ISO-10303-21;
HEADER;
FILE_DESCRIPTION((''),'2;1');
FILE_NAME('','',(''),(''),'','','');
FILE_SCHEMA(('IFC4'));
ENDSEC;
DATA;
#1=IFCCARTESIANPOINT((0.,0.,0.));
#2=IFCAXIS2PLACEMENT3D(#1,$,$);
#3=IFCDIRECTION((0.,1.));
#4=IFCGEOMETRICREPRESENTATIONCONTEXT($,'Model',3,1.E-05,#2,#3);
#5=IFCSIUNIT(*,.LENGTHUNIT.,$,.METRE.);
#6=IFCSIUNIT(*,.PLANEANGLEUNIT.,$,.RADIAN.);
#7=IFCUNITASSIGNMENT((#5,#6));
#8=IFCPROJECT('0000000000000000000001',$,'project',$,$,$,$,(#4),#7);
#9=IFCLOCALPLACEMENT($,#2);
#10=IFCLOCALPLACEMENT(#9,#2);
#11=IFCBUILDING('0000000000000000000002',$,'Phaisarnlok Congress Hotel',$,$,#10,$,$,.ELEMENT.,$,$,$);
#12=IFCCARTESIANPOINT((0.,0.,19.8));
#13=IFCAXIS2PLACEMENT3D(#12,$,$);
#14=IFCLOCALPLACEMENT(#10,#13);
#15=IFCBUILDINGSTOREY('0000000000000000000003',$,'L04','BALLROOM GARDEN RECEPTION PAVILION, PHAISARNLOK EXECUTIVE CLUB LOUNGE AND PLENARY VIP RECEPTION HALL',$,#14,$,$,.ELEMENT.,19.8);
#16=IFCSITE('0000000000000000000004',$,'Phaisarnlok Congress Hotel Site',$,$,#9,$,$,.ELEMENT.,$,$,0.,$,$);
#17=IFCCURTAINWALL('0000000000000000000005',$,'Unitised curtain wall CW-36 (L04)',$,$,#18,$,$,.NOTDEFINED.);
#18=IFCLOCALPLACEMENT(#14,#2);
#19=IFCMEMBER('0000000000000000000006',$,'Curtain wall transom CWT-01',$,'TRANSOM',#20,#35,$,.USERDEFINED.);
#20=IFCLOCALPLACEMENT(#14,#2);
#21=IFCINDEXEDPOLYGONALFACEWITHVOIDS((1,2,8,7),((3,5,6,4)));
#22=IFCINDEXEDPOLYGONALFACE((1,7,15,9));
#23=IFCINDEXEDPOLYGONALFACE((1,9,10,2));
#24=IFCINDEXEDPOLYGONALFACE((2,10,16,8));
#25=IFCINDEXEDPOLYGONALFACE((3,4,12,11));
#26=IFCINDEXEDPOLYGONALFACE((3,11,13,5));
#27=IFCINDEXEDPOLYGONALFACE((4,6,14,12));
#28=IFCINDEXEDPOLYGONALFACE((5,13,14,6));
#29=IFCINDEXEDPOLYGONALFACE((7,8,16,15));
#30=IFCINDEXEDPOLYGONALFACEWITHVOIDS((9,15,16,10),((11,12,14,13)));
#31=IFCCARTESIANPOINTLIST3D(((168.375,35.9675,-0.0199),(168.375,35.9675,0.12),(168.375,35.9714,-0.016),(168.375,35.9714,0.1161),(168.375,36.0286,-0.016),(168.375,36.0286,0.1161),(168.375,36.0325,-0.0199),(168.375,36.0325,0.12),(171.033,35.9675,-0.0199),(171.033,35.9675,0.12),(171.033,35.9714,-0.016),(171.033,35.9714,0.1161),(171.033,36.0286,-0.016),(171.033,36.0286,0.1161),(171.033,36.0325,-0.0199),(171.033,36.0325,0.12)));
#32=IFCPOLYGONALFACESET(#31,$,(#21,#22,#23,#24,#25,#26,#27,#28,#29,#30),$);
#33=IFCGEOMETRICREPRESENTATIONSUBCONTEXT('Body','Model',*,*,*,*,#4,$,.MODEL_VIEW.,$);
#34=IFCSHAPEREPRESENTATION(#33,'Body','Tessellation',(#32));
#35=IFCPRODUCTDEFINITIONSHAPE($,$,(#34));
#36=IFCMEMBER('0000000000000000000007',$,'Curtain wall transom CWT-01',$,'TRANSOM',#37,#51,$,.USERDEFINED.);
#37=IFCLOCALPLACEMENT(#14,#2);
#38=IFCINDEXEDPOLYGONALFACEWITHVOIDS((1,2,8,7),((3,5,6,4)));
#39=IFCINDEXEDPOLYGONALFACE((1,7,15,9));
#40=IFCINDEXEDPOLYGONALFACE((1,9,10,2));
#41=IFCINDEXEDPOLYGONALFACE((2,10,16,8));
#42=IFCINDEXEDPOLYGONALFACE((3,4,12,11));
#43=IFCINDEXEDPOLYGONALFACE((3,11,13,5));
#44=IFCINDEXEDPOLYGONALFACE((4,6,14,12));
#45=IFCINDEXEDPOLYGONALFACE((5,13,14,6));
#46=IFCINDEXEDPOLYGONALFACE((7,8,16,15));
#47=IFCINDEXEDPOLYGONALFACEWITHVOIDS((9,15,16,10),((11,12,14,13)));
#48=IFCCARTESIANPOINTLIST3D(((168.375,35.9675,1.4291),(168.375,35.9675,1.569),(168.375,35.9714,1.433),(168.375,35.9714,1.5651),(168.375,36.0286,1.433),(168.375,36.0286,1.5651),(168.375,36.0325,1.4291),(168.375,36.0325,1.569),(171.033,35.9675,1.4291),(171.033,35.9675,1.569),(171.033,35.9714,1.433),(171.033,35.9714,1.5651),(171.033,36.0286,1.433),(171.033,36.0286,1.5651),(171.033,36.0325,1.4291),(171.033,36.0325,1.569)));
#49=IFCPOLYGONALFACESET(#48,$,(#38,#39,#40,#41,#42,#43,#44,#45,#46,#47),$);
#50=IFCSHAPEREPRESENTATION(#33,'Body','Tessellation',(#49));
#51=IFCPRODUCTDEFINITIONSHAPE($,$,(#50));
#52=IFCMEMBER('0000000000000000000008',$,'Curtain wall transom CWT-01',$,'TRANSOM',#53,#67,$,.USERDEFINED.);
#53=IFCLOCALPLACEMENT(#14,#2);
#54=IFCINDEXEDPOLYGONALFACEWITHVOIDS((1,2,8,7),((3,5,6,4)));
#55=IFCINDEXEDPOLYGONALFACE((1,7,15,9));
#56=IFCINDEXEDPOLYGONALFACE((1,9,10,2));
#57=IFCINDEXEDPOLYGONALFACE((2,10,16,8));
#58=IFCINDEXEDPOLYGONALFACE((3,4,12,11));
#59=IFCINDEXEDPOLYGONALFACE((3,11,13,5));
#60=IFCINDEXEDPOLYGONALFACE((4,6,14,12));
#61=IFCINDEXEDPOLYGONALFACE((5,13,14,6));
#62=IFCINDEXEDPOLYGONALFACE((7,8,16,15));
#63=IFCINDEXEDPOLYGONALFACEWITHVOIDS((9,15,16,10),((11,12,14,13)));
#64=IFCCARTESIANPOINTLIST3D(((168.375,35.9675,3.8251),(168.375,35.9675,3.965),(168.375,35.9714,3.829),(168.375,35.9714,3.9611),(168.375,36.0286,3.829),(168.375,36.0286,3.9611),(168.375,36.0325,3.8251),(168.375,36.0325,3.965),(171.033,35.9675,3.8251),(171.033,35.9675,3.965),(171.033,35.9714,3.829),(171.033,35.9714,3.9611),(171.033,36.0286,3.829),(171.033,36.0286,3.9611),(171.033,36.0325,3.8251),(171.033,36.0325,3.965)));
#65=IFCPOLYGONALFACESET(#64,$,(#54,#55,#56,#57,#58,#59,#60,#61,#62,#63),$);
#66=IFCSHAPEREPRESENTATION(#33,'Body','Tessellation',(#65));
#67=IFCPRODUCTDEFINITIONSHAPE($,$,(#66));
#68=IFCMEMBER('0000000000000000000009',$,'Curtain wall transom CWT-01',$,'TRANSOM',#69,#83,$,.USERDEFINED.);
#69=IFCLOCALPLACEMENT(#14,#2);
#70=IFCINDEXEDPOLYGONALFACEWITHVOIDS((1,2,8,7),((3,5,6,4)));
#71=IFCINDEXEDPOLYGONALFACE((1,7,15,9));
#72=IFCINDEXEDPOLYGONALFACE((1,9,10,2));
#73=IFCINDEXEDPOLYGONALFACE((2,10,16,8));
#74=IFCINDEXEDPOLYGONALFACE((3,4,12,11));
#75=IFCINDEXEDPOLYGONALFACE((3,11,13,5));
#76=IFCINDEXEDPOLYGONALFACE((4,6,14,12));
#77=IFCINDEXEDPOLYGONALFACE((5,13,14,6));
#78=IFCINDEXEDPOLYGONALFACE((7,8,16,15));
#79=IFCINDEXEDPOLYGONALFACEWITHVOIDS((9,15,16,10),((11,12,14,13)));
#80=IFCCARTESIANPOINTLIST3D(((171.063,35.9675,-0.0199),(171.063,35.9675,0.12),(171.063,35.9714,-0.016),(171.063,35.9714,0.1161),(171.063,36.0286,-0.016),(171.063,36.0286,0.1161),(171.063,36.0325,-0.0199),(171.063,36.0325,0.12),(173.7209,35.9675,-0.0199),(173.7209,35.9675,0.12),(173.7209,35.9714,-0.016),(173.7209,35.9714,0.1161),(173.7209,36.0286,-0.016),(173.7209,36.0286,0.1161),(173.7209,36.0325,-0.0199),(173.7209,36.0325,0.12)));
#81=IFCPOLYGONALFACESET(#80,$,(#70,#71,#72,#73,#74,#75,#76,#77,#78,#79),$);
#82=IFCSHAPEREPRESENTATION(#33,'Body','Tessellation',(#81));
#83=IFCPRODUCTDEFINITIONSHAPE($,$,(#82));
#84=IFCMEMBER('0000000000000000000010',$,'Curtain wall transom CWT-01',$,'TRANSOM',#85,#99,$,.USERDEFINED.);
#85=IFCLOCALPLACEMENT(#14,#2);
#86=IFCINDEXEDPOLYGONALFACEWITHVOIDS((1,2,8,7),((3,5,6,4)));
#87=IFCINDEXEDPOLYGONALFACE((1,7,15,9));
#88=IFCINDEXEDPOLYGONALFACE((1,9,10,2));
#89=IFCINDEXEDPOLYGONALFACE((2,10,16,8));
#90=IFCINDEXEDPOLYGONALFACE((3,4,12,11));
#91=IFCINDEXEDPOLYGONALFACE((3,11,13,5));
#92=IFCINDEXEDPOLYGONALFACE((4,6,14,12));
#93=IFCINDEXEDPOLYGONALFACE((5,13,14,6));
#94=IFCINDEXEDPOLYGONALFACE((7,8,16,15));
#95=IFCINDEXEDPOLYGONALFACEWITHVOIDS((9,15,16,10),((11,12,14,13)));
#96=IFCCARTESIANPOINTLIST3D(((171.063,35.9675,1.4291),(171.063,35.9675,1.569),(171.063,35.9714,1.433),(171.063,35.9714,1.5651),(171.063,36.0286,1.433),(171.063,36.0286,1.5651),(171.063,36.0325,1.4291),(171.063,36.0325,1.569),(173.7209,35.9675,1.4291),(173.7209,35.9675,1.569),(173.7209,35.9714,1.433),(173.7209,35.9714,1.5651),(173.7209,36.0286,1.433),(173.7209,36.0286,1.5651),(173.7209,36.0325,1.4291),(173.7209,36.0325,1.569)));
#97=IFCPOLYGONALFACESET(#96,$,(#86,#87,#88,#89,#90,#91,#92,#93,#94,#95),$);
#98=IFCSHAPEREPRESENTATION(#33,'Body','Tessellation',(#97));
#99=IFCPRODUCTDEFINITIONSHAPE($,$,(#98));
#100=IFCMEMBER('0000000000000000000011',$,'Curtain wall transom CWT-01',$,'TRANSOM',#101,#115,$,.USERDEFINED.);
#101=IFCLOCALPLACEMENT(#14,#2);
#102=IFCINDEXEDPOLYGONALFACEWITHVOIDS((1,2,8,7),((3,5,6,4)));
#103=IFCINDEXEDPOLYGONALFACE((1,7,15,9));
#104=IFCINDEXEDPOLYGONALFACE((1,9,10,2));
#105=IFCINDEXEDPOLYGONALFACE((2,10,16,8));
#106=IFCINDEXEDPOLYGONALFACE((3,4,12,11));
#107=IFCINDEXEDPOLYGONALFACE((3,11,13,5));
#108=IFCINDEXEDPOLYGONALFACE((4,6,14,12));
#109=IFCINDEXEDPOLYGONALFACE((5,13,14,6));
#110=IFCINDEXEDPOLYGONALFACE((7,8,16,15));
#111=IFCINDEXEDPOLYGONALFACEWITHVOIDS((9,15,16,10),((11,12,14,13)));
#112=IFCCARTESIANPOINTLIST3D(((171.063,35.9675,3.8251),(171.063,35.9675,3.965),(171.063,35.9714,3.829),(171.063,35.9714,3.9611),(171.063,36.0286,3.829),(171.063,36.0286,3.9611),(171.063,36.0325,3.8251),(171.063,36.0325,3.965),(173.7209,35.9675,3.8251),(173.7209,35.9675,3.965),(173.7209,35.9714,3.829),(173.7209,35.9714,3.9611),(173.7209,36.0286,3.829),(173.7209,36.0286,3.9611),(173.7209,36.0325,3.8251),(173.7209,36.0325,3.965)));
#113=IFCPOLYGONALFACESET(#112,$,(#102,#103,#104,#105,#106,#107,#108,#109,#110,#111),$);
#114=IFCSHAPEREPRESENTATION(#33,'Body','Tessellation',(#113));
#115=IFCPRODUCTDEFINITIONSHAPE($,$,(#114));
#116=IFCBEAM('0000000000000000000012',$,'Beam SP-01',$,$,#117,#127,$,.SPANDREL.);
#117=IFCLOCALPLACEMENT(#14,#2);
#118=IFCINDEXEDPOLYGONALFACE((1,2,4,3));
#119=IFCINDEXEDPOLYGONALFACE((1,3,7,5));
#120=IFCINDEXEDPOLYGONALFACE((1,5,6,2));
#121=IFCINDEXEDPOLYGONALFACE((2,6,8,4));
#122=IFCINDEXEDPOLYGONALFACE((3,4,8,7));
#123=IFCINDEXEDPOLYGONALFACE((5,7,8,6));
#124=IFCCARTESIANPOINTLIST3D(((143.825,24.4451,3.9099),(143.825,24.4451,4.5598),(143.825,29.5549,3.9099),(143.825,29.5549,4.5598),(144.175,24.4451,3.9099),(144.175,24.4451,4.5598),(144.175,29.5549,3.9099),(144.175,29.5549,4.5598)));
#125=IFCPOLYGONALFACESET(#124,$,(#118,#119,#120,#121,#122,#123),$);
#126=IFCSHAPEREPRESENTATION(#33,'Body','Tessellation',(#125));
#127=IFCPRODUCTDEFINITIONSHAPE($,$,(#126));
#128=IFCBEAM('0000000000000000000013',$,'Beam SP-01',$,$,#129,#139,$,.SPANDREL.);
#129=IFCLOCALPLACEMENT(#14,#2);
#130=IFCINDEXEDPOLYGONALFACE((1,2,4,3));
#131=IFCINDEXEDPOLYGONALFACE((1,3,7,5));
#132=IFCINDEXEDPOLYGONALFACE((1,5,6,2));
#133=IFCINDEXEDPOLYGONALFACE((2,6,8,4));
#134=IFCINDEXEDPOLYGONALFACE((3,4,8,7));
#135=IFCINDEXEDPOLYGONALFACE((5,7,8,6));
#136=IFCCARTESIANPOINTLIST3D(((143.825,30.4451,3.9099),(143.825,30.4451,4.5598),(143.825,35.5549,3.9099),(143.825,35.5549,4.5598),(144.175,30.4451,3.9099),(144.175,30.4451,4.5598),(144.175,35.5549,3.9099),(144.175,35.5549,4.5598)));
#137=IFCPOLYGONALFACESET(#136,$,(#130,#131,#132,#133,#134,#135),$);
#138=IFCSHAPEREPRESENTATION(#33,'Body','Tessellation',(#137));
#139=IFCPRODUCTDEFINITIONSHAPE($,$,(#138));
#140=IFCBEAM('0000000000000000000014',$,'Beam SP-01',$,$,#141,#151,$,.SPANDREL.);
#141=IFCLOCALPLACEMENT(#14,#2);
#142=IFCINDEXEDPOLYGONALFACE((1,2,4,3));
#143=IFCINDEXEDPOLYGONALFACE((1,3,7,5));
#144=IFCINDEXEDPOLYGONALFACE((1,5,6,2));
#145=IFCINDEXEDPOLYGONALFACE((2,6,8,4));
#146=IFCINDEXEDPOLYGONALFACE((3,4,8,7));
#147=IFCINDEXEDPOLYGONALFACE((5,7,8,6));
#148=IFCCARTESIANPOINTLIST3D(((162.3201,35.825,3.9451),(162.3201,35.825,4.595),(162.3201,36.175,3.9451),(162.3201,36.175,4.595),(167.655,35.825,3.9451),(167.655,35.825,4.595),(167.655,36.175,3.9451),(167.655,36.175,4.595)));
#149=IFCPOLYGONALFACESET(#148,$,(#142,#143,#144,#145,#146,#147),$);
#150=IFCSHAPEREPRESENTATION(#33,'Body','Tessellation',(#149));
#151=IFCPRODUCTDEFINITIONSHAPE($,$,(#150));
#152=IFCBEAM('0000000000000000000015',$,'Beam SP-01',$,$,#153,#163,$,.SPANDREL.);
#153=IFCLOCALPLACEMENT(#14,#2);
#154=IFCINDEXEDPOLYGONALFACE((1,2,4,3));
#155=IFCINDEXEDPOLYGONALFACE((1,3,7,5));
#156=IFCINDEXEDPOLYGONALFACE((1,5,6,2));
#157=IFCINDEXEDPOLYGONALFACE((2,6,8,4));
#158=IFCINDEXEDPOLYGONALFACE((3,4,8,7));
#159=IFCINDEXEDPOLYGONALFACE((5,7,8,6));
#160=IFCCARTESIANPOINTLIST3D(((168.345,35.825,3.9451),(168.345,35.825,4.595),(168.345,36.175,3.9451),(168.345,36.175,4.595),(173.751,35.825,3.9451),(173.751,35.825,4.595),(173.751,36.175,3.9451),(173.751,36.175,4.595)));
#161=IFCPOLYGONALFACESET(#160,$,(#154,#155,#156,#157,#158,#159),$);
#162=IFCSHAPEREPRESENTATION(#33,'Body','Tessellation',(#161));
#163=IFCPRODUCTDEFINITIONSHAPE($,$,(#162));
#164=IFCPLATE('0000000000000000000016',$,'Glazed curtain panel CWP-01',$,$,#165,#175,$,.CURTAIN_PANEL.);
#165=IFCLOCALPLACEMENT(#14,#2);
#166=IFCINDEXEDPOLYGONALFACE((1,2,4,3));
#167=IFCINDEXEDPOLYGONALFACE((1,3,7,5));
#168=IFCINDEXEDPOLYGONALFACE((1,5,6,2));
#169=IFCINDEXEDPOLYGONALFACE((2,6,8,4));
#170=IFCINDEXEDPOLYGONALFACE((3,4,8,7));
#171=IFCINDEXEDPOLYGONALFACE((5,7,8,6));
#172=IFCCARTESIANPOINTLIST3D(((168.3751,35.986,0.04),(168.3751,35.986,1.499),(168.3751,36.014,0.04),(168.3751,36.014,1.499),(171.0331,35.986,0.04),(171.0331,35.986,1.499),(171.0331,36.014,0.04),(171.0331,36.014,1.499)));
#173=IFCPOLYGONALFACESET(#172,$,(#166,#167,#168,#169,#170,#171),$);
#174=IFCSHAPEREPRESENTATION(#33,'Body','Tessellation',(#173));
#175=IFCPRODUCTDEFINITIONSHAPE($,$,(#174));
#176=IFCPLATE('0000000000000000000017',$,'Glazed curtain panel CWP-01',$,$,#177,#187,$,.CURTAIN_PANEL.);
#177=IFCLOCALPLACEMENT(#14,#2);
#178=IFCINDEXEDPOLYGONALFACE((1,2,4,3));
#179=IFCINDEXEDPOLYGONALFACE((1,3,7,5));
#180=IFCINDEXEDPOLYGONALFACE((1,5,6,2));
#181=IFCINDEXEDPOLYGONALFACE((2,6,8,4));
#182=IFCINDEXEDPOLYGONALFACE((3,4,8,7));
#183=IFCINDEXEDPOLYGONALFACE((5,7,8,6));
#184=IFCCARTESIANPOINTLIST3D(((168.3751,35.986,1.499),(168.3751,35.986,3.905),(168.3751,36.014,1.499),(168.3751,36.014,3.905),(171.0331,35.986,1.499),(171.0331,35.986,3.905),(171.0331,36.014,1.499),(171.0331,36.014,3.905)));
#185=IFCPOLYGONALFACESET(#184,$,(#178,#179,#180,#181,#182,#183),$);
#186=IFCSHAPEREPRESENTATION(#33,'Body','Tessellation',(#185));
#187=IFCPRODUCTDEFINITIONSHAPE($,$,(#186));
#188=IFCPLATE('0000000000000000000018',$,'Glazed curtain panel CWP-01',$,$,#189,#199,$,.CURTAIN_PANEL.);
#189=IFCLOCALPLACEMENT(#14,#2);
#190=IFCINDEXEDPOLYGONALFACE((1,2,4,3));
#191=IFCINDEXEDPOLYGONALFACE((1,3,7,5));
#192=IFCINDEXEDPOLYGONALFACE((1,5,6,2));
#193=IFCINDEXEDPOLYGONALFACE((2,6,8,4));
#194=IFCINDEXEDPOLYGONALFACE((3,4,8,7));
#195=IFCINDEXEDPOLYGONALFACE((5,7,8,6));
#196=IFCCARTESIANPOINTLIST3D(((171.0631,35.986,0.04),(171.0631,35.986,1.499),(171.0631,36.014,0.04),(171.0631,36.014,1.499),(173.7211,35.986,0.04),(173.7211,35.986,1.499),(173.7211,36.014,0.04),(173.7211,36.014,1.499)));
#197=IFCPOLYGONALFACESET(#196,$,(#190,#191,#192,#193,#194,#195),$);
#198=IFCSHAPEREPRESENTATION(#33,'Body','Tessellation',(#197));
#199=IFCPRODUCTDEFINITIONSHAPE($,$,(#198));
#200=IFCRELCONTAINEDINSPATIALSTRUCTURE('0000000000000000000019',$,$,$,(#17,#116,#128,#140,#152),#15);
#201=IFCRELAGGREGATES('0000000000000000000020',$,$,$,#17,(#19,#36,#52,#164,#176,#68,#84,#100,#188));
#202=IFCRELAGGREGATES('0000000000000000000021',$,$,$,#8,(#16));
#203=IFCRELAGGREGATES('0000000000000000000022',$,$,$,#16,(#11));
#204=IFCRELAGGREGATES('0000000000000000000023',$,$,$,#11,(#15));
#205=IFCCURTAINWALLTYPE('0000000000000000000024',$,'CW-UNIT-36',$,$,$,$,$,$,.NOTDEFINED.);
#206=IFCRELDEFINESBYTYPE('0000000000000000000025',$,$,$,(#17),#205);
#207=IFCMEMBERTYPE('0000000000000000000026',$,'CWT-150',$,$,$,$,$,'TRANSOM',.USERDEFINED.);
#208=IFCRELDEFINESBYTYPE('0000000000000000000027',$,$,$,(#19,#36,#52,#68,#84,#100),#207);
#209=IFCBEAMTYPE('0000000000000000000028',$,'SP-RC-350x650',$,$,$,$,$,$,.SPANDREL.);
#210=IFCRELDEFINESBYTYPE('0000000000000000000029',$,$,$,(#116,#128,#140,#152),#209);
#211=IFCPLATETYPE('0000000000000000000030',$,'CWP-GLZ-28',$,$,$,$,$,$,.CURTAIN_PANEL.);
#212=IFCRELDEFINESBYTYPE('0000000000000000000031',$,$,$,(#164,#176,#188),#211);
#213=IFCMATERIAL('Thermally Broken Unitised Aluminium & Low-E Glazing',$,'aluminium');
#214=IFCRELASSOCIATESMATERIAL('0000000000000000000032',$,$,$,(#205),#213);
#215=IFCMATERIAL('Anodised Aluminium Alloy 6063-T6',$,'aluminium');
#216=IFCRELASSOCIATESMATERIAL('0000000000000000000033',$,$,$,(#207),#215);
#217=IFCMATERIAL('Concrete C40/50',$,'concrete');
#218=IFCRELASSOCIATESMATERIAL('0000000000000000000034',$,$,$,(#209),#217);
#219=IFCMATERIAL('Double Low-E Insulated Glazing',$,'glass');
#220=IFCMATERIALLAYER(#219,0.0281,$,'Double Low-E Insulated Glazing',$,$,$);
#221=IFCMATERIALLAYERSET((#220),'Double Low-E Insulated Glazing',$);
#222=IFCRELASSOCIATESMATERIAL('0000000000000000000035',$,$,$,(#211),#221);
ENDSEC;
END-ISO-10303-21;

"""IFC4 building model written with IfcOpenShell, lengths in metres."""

from ifc_helpers import new_model, si_unit, direction, frame, frame_2d, origin, origin_2d, place, context, subcontext, project, spatial, rectangle, hollow_rectangle, extrude, material, layer, layer_set, material_profile, profile_set, type_object, element, aggregate, save


model = new_model("IFC4")

# Units and contexts
model_context = context("Model", 3, precision=1e-05, world=origin(), true_north=direction((0.0, 1.0)))
body_context = subcontext(model_context, "Body", "Model", "MODEL_VIEW")
ifc_project = project(units=[si_unit("LENGTHUNIT", "METRE"), si_unit("PLANEANGLEUNIT", "RADIAN")], contexts=[model_context])

# Site, building, storey
site_placement = place(None, origin())
site = spatial("IfcSite", under=ifc_project, at=site_placement, Name="Phaisarnlok Congress Hotel Site", CompositionType="ELEMENT", RefElevation=0.0)
building_placement = place(site_placement, origin())
building = spatial("IfcBuilding", under=site, at=building_placement, Name="Phaisarnlok Congress Hotel", CompositionType="ELEMENT")
storey_placement = place(building_placement, frame((0.0, 0.0, 19.8)))
storey = spatial("IfcBuildingStorey", under=building, at=storey_placement, Name="L04", Description="BALLROOM GARDEN RECEPTION PAVILION, PHAISARNLOK EXECUTIVE CLUB LOUNGE AND PLENARY VIP RECEPTION HALL", CompositionType="ELEMENT", Elevation=19.8)

# Curtain wall, members
ifc_material_1 = material(Name="Thermally Broken Unitised Aluminium & Low-E Glazing", Category="aluminium")
curtain_wall_type = type_object("IfcCurtainWallType", Name="CW-UNIT-36", PredefinedType="NOTDEFINED", material=ifc_material_1)
curtain_wall_placement = place(storey_placement, origin())
curtain_wall = element("IfcCurtainWall", 1, at=curtain_wall_placement, inside=storey, type_object=curtain_wall_type, Name="Unitised curtain wall CW-36 (L04)", PredefinedType="NOTDEFINED")
ifc_material_2 = material(Name="Anodised Aluminium Alloy 6063-T6", Category="aluminium")
ifc_material_profile_1 = material_profile(ifc_material_2, hollow_rectangle(XDim=0.0649, YDim=0.1399, WallThickness=0.0039, at=origin_2d()), Name="ALU-T 65x140x4")
ifc_profile_set_1 = profile_set([ifc_material_profile_1], Name="Anodised Aluminium Alloy 6063-T6")
member_type_1 = type_object("IfcMemberType", Name="CWT-150", ElementType="TRANSOM", PredefinedType="USERDEFINED", material=ifc_profile_set_1)
member_1_placement = place(storey_placement, frame((168.375, 36.0, 0.05), z_axis=(1.0, 0.0, 0.0), x_axis=(0.0, 1.0, 0.0)))
member_1 = element("IfcMember", 2, at=member_1_placement, type_object=member_type_1, Name="Curtain wall transom CWT-01", ObjectType="TRANSOM", PredefinedType="USERDEFINED", context=body_context, shape_type="SweptSolid", body=[
    extrude(hollow_rectangle(XDim=0.0649, YDim=0.1399, WallThickness=0.0039, at=origin_2d()), origin(), (0.0, 0.0, 1.0), 2.658),
])
member_2_placement = place(storey_placement, frame((168.375, 36.0, 1.499), z_axis=(1.0, 0.0, 0.0), x_axis=(0.0, 1.0, 0.0)))
member_2 = element("IfcMember", 3, at=member_2_placement, type_object=member_type_1, Name="Curtain wall transom CWT-01", ObjectType="TRANSOM", PredefinedType="USERDEFINED", context=body_context, shape_type="SweptSolid", body=[
    extrude(hollow_rectangle(XDim=0.0649, YDim=0.1399, WallThickness=0.0039, at=origin_2d()), origin(), (0.0, 0.0, 1.0), 2.658),
])
member_3_placement = place(storey_placement, frame((168.375, 36.0, 3.895), z_axis=(1.0, 0.0, 0.0), x_axis=(0.0, 1.0, 0.0)))
member_3 = element("IfcMember", 4, at=member_3_placement, type_object=member_type_1, Name="Curtain wall transom CWT-01", ObjectType="TRANSOM", PredefinedType="USERDEFINED", context=body_context, shape_type="SweptSolid", body=[
    extrude(hollow_rectangle(XDim=0.0649, YDim=0.1399, WallThickness=0.0039, at=origin_2d()), origin(), (0.0, 0.0, 1.0), 2.658),
])
member_4_placement = place(storey_placement, frame((171.063, 36.0, 0.05), z_axis=(1.0, 0.0, 0.0), x_axis=(0.0, 1.0, 0.0)))
member_4 = element("IfcMember", 5, at=member_4_placement, type_object=member_type_1, Name="Curtain wall transom CWT-01", ObjectType="TRANSOM", PredefinedType="USERDEFINED", context=body_context, shape_type="SweptSolid", body=[
    extrude(hollow_rectangle(XDim=0.0649, YDim=0.1399, WallThickness=0.0039, at=origin_2d()), origin(), (0.0, 0.0, 1.0), 2.658),
])
member_5_placement = place(storey_placement, frame((171.063, 36.0, 1.499), z_axis=(1.0, 0.0, 0.0), x_axis=(0.0, 1.0, 0.0)))
member_5 = element("IfcMember", 6, at=member_5_placement, type_object=member_type_1, Name="Curtain wall transom CWT-01", ObjectType="TRANSOM", PredefinedType="USERDEFINED", context=body_context, shape_type="SweptSolid", body=[
    extrude(hollow_rectangle(XDim=0.0649, YDim=0.1399, WallThickness=0.0039, at=origin_2d()), origin(), (0.0, 0.0, 1.0), 2.658),
])
member_6_placement = place(storey_placement, frame((171.063, 36.0, 3.895), z_axis=(1.0, 0.0, 0.0), x_axis=(0.0, 1.0, 0.0)))
member_6 = element("IfcMember", 7, at=member_6_placement, type_object=member_type_1, Name="Curtain wall transom CWT-01", ObjectType="TRANSOM", PredefinedType="USERDEFINED", context=body_context, shape_type="SweptSolid", body=[
    extrude(hollow_rectangle(XDim=0.0649, YDim=0.1399, WallThickness=0.0039, at=origin_2d()), origin(), (0.0, 0.0, 1.0), 2.658),
])

# Beams
ifc_material_3 = material(Name="Concrete C40/50", Category="concrete")
ifc_material_profile_2 = material_profile(ifc_material_3, rectangle(XDim=0.3501, YDim=0.6499, at=origin_2d()), Name="RC 350x650")
ifc_profile_set_2 = profile_set([ifc_material_profile_2], Name="Concrete C40/50")
beam_type = type_object("IfcBeamType", Name="SP-RC-350x650", PredefinedType="SPANDREL", material=ifc_profile_set_2)
for number, where, z_axis, x_axis, name in (
    (8, (144.0, 24.4451, 4.2349), (0.0, 1.0, 0.0), (-1.0, 0.0, 0.0), "Beam SP-01"),
    (9, (144.0, 30.4451, 4.2349), (0.0, 1.0, 0.0), (-1.0, 0.0, 0.0), "Beam SP-01"),
):
    element("IfcBeam", number, at=place(storey_placement, frame(where, z_axis=z_axis, x_axis=x_axis)), inside=storey, type_object=beam_type, Name=name, PredefinedType="SPANDREL", context=body_context, shape_type="SweptSolid", body=[
        extrude(rectangle(XDim=0.3501, YDim=0.6499, at=origin_2d()), origin(), (0.0, 0.0, 1.0), 5.1099),
    ])
beam_1_placement = place(storey_placement, frame((162.3201, 36.0, 4.27), z_axis=(1.0, 0.0, 0.0), x_axis=(0.0, 1.0, 0.0)))
element("IfcBeam", 10, at=beam_1_placement, inside=storey, type_object=beam_type, Name="Beam SP-01", PredefinedType="SPANDREL", context=body_context, shape_type="SweptSolid", body=[
    extrude(rectangle(XDim=0.3501, YDim=0.6499, at=origin_2d()), origin(), (0.0, 0.0, 1.0), 5.335),
])
beam_2_placement = place(storey_placement, frame((168.345, 36.0, 4.27), z_axis=(1.0, 0.0, 0.0), x_axis=(0.0, 1.0, 0.0)))
element("IfcBeam", 11, at=beam_2_placement, inside=storey, type_object=beam_type, Name="Beam SP-01", PredefinedType="SPANDREL", context=body_context, shape_type="SweptSolid", body=[
    extrude(rectangle(XDim=0.3501, YDim=0.6499, at=origin_2d()), origin(), (0.0, 0.0, 1.0), 5.406),
])

# Plates
ifc_material_4 = material(Name="Double Low-E Insulated Glazing", Category="glass")
ifc_layer_1 = layer(ifc_material_4, 0.0281, Name="Double Low-E Insulated Glazing")
ifc_layer_set_1 = layer_set([ifc_layer_1], Name="Double Low-E Insulated Glazing")
plate_type_1 = type_object("IfcPlateType", Name="CWP-GLZ-28", PredefinedType="CURTAIN_PANEL", material=ifc_layer_set_1)
plate_1_placement = place(storey_placement, frame((168.375, 36.0, 0.04), z_axis=(0.0, 0.0, 1.0), x_axis=(1.0, 0.0, 0.0)))
plate_1 = element("IfcPlate", 12, at=plate_1_placement, type_object=plate_type_1, Name="Glazed curtain panel CWP-01", PredefinedType="CURTAIN_PANEL", context=body_context, shape_type="SweptSolid", body=[
    extrude(rectangle(XDim=2.658, YDim=0.0281, at=frame_2d((1.3291, 0.0))), origin(), (0.0, 0.0, 1.0), 1.459),
])
plate_2_placement = place(storey_placement, frame((168.375, 36.0, 1.499), z_axis=(0.0, 0.0, 1.0), x_axis=(1.0, 0.0, 0.0)))
plate_2 = element("IfcPlate", 13, at=plate_2_placement, type_object=plate_type_1, Name="Glazed curtain panel CWP-01", PredefinedType="CURTAIN_PANEL", context=body_context, shape_type="SweptSolid", body=[
    extrude(rectangle(XDim=2.658, YDim=0.0281, at=frame_2d((1.3291, 0.0))), origin(), (0.0, 0.0, 1.0), 2.406),
])
plate_3_placement = place(storey_placement, frame((171.063, 36.0, 0.04), z_axis=(0.0, 0.0, 1.0), x_axis=(1.0, 0.0, 0.0)))
plate_3 = element("IfcPlate", 14, at=plate_3_placement, type_object=plate_type_1, Name="Glazed curtain panel CWP-01", PredefinedType="CURTAIN_PANEL", context=body_context, shape_type="SweptSolid", body=[
    extrude(rectangle(XDim=2.658, YDim=0.0281, at=frame_2d((1.3291, 0.0))), origin(), (0.0, 0.0, 1.0), 1.459),
])
aggregate(curtain_wall, [member_1, member_2, member_3, plate_1, plate_2, member_4, member_5, member_6, plate_3])

save(model, "model.ifc")
